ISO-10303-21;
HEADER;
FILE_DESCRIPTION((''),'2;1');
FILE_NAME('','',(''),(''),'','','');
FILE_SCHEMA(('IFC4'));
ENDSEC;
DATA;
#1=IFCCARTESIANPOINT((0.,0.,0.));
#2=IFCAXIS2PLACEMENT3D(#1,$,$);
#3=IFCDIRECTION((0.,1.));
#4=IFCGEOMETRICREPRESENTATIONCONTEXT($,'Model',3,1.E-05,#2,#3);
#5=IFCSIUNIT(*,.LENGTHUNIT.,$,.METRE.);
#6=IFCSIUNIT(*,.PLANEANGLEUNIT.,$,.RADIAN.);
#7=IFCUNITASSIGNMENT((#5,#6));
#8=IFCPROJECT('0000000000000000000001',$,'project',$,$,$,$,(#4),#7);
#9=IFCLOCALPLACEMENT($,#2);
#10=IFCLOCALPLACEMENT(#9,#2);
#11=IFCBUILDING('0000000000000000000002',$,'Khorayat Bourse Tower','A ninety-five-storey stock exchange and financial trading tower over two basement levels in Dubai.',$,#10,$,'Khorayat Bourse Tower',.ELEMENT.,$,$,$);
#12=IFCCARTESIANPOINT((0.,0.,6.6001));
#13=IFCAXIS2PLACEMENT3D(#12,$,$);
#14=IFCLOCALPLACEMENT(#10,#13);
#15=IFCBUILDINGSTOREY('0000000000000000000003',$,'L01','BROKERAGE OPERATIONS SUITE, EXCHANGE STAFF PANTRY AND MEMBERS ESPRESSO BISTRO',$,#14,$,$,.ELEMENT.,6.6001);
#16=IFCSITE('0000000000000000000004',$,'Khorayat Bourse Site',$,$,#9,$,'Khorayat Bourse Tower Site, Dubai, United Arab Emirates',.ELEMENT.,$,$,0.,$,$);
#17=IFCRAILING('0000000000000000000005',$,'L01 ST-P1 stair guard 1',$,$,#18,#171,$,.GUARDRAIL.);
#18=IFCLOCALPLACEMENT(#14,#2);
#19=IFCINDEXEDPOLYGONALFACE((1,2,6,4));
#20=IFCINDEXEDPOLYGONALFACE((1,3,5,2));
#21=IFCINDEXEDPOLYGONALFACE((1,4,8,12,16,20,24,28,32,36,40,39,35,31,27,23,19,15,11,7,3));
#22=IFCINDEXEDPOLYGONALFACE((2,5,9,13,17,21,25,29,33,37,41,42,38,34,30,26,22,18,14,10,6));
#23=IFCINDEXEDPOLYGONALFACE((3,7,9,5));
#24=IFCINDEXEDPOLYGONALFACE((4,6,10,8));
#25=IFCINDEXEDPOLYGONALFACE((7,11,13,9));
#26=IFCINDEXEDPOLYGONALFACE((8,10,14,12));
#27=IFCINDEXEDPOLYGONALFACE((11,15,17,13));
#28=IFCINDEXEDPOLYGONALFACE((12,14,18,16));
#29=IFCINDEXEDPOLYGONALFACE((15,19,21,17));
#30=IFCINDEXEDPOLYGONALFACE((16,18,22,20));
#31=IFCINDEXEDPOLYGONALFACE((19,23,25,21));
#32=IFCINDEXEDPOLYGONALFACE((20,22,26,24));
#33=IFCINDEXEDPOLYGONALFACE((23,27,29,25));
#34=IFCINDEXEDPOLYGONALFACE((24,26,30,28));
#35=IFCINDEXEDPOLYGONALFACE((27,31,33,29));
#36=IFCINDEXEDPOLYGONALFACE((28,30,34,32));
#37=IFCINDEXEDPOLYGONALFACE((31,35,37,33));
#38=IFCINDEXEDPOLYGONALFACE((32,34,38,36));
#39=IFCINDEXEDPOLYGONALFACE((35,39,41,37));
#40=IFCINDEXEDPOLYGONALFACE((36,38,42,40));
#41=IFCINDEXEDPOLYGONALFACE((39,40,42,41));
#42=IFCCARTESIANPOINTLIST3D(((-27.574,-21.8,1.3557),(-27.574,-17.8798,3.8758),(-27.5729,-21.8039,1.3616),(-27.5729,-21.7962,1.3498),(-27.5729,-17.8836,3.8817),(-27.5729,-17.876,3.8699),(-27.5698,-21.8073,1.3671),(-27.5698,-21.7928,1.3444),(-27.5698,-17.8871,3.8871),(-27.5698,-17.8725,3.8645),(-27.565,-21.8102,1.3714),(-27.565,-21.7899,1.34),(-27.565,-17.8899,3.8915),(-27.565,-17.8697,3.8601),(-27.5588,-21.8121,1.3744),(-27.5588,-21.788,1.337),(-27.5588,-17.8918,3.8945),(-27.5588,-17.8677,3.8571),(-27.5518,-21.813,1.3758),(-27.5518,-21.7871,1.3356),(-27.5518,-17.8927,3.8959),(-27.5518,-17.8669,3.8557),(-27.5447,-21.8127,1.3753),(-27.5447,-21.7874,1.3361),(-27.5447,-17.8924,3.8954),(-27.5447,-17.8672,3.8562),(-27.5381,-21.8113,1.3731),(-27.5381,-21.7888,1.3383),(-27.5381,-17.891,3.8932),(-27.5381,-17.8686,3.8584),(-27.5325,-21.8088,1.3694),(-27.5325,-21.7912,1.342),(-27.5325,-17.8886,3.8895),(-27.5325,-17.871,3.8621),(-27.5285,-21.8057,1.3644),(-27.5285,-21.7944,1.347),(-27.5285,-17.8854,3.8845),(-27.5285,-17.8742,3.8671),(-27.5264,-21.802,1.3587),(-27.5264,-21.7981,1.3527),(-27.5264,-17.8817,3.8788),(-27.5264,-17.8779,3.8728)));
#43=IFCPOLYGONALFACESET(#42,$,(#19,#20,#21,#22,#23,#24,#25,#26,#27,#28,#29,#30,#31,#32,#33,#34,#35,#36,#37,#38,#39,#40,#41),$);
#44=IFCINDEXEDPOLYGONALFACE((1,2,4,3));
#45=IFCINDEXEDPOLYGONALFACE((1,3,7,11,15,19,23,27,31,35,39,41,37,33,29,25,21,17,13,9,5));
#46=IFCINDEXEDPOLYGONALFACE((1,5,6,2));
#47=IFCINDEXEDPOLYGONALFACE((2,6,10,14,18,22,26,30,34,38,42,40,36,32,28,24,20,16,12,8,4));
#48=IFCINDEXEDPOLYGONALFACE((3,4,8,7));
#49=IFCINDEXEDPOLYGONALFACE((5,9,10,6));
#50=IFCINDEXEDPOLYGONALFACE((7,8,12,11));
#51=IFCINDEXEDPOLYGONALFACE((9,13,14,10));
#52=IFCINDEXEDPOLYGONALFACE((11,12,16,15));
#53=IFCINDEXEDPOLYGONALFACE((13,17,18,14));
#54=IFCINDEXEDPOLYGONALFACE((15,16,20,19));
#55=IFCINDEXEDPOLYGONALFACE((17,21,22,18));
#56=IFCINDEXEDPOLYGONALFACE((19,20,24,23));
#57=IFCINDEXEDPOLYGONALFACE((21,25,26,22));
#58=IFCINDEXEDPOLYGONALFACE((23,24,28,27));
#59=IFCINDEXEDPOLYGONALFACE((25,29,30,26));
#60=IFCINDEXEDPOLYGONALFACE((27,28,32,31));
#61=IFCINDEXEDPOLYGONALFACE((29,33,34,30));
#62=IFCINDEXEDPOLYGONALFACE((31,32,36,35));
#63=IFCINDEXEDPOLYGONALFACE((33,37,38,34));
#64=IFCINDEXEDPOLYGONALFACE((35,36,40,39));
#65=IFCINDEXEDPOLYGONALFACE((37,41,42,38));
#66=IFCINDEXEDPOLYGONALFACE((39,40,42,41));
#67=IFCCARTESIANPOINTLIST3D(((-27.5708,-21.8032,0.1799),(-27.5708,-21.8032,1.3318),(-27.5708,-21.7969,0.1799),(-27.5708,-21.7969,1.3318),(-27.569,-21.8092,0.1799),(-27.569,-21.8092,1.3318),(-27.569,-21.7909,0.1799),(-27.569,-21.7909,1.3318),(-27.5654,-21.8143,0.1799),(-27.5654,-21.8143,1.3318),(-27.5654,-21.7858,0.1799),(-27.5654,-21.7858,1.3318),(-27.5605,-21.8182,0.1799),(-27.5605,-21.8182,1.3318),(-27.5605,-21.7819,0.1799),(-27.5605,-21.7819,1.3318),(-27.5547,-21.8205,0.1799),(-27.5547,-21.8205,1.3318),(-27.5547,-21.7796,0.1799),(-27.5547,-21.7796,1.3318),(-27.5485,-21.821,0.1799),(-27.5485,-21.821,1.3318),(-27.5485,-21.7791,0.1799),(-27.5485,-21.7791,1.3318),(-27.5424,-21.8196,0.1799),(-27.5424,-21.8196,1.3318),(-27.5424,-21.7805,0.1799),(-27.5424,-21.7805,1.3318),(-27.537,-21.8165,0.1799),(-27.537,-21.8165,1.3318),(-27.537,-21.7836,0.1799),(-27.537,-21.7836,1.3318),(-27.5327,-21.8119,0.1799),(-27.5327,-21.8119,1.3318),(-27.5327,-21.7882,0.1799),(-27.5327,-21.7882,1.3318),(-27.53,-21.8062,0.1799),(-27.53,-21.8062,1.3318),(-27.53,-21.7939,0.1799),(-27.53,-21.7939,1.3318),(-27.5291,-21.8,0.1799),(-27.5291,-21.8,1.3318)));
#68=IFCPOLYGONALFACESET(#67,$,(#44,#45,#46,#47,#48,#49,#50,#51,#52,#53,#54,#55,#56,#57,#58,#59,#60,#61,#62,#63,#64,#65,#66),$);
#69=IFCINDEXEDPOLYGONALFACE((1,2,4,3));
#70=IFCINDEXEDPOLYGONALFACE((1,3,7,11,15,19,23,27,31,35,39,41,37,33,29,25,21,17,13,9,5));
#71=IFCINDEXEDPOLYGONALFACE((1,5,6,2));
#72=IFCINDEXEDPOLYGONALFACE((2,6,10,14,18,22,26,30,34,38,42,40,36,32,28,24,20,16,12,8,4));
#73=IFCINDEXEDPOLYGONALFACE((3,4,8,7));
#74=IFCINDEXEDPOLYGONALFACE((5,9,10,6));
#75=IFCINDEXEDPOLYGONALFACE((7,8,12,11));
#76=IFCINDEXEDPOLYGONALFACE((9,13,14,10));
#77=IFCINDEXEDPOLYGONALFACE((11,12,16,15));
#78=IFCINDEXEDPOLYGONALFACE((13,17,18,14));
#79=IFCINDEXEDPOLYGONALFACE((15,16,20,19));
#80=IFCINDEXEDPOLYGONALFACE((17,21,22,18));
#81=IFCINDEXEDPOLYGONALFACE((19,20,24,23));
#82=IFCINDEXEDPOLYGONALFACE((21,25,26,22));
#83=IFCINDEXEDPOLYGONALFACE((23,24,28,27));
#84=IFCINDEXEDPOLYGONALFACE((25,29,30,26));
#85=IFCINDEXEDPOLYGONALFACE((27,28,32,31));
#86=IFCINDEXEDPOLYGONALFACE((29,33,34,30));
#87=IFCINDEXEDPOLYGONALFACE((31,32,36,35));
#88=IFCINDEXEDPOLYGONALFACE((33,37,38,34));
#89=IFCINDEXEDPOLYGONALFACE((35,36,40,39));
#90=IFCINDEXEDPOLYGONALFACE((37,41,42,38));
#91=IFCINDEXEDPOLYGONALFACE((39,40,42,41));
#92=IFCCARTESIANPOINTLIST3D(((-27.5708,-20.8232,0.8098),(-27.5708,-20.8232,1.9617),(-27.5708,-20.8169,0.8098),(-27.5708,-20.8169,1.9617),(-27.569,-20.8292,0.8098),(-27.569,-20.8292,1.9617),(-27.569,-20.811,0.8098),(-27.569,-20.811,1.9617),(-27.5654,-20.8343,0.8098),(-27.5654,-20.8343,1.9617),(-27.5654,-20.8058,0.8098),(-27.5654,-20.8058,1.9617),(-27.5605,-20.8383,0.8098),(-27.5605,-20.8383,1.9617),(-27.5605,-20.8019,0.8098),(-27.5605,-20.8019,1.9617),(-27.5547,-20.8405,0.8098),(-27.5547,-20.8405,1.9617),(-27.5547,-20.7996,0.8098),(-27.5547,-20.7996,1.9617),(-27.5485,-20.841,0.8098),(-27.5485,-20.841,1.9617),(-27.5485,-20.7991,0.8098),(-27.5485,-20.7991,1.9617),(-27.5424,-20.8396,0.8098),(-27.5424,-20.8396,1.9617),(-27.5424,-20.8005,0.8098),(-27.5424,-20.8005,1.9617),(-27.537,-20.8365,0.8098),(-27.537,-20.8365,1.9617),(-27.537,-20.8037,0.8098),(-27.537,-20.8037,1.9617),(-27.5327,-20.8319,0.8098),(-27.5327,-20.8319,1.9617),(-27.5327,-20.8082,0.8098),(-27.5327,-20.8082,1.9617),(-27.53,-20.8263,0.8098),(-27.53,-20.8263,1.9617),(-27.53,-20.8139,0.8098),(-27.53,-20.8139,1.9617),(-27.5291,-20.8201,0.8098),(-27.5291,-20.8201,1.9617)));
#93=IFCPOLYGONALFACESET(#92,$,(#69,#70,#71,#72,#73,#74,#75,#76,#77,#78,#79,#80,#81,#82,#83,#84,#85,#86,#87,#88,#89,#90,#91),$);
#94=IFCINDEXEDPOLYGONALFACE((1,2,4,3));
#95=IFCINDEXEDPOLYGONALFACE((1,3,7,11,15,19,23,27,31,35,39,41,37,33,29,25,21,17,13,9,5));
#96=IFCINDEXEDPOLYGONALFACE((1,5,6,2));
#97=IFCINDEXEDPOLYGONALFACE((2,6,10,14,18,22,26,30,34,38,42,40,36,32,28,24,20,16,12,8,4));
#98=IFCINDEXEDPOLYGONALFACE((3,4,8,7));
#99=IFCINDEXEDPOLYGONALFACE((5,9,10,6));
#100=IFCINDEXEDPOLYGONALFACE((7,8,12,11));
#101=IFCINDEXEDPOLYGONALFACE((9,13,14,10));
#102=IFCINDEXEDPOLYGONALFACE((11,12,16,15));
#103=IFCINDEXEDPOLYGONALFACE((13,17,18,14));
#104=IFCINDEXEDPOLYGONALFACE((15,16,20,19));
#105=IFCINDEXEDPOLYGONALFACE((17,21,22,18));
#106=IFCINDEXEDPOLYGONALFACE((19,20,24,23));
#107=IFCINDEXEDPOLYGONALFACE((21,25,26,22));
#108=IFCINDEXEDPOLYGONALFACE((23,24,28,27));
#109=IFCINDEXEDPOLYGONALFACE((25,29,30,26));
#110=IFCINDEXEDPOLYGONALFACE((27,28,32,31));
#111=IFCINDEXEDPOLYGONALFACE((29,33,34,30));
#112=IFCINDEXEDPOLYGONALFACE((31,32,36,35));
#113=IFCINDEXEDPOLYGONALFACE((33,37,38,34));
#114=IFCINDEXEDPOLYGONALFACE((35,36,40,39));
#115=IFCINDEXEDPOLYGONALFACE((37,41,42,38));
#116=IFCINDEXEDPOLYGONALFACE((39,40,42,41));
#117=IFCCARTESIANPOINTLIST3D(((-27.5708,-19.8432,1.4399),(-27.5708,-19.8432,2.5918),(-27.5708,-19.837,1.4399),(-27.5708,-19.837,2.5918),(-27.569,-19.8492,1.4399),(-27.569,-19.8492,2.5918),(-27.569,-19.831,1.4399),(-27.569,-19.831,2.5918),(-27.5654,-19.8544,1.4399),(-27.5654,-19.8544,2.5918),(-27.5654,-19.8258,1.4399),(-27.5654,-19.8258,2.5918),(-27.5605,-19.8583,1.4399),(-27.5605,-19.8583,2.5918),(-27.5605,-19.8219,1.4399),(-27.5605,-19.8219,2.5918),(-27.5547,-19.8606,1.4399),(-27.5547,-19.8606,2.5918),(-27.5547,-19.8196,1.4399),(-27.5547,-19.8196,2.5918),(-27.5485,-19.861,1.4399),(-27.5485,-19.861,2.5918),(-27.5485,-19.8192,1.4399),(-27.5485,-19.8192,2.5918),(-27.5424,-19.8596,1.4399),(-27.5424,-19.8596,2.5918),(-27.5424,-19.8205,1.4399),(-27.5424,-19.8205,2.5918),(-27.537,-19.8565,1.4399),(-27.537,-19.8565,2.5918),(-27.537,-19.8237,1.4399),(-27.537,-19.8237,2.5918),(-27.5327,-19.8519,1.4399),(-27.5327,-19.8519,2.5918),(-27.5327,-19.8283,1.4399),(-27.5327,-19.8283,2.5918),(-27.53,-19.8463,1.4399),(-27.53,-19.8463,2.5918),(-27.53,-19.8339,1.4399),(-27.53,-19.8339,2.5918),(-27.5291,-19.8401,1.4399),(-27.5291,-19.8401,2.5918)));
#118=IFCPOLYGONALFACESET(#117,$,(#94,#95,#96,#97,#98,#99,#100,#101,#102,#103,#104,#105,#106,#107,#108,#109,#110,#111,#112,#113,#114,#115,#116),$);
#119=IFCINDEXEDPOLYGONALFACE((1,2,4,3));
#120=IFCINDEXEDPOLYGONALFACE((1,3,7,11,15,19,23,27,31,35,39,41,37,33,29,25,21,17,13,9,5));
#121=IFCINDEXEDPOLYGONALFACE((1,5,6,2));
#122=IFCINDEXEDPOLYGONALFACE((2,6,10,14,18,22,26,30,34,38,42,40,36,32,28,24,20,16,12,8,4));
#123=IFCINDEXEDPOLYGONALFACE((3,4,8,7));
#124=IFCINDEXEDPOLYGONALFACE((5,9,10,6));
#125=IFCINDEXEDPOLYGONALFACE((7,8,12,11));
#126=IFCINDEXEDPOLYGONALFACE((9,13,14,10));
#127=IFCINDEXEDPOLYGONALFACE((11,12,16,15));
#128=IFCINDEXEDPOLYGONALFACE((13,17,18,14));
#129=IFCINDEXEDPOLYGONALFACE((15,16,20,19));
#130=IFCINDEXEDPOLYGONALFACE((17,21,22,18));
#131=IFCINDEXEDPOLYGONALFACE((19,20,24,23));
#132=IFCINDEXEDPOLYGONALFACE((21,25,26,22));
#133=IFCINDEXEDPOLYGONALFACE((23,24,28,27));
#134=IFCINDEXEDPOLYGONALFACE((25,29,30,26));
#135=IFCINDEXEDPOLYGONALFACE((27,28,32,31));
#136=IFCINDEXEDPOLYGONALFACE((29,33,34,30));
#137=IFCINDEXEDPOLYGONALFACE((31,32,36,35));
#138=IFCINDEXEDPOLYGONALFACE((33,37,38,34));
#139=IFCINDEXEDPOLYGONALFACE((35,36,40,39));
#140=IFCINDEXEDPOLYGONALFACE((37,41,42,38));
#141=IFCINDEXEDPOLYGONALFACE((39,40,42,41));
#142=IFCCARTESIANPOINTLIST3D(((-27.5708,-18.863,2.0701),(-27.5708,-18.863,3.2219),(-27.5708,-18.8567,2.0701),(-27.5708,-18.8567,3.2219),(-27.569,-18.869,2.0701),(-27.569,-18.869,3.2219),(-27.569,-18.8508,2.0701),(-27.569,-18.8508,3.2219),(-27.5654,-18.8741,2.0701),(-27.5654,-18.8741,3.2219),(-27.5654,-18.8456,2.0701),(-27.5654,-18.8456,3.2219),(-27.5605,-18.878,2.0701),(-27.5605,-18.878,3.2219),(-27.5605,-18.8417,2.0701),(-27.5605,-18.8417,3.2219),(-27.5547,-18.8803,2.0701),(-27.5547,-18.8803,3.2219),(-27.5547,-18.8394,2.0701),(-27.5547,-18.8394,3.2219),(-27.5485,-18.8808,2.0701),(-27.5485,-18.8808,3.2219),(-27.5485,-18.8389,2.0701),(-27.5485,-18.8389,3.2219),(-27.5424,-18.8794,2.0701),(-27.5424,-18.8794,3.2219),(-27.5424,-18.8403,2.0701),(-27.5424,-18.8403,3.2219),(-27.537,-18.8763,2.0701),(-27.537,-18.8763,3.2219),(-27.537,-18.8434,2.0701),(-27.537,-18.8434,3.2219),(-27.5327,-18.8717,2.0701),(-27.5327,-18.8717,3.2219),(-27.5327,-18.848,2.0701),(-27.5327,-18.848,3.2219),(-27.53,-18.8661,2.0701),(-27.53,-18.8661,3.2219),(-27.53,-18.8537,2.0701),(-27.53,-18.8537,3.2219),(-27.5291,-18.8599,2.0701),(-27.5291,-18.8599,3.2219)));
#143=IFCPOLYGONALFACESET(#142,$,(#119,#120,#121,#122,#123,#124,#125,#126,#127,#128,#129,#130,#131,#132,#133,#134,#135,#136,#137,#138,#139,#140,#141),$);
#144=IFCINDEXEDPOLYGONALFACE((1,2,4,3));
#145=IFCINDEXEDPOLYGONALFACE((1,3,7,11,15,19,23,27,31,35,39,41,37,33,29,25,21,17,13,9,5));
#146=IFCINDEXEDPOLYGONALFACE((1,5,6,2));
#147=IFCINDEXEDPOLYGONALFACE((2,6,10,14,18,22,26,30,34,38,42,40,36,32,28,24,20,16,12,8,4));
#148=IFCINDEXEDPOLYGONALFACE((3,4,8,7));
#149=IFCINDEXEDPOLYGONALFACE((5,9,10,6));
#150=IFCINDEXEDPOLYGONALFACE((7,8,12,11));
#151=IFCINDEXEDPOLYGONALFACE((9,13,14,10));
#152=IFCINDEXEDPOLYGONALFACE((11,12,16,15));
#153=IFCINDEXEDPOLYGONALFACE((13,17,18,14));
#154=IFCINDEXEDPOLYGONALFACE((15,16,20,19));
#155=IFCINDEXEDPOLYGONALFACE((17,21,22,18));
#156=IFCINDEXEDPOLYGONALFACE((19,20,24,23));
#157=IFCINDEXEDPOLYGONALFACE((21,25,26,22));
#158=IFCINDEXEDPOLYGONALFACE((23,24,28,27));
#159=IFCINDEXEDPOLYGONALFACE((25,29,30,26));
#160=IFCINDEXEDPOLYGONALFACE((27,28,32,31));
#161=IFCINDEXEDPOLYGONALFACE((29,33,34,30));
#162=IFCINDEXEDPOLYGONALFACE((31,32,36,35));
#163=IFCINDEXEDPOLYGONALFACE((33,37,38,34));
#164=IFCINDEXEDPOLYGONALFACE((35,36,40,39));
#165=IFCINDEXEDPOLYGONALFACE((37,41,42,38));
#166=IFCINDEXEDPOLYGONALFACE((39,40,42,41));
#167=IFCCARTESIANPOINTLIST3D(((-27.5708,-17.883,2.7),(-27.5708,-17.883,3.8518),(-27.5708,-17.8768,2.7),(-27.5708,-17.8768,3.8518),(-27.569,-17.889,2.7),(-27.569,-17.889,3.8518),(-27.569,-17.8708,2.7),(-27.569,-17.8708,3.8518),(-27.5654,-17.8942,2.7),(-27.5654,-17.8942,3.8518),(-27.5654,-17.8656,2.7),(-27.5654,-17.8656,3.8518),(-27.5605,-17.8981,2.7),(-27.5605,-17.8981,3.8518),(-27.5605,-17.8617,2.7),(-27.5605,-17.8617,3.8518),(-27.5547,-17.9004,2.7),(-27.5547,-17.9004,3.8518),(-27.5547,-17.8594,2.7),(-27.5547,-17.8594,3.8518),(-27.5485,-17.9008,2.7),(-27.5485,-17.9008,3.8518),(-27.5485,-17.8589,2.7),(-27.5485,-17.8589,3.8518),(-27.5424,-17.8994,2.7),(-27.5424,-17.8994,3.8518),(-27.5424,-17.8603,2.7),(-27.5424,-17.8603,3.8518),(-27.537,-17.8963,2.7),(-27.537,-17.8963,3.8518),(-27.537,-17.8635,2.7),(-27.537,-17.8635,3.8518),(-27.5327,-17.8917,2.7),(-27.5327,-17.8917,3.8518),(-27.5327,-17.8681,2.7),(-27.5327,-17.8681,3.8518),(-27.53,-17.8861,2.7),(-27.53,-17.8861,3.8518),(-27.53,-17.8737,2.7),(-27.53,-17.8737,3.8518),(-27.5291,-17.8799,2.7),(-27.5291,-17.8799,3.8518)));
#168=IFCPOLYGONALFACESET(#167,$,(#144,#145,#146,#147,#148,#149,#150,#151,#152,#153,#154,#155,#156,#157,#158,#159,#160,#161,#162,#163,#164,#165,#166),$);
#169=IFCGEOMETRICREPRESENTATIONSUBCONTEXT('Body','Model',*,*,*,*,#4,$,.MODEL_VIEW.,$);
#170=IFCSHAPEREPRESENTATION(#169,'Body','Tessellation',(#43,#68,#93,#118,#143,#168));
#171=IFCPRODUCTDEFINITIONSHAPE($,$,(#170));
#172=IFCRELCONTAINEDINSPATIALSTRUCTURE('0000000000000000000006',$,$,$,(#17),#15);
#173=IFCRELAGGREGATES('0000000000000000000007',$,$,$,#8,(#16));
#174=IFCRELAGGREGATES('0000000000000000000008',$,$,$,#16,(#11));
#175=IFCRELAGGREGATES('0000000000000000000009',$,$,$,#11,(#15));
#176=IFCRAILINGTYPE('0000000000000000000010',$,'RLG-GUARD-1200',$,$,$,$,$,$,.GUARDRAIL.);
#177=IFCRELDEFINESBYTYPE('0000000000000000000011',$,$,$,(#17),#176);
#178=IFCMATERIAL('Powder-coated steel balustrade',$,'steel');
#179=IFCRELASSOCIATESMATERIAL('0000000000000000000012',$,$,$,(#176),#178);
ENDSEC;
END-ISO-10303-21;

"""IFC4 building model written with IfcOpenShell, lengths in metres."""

from ifc_helpers import new_model, si_unit, direction, frame, origin, origin_2d, place, context, subcontext, project, spatial, circle, extrude, source, transform, mapped, material, type_object, element, save


model = new_model("IFC4")

# Units and contexts
model_context = context("Model", 3, precision=1e-05, world=origin(), true_north=direction((0.0, 1.0)))
body_context = subcontext(model_context, "Body", "Model", "MODEL_VIEW")
ifc_project = project(units=[si_unit("LENGTHUNIT", "METRE"), si_unit("PLANEANGLEUNIT", "RADIAN")], contexts=[model_context])

# Site, building, storey
site_placement = place(None, origin())
site = spatial("IfcSite", under=ifc_project, at=site_placement, Name="Khorayat Bourse Site", LongName="Khorayat Bourse Tower Site, Dubai, United Arab Emirates", CompositionType="ELEMENT", RefElevation=0.0)
building_placement = place(site_placement, origin())
building = spatial("IfcBuilding", under=site, at=building_placement, Name="Khorayat Bourse Tower", Description="A ninety-five-storey stock exchange and financial trading tower over two basement levels in Dubai.", LongName="Khorayat Bourse Tower", CompositionType="ELEMENT")
storey_placement = place(building_placement, frame((0.0, 0.0, 6.6001)))
storey = spatial("IfcBuildingStorey", under=building, at=storey_placement, Name="L01", Description="BROKERAGE OPERATIONS SUITE, EXCHANGE STAFF PANTRY AND MEMBERS ESPRESSO BISTRO", CompositionType="ELEMENT", Elevation=6.6001)

# Railing
ifc_material_1 = material(Name="Powder-coated steel balustrade", Category="steel")
railing_type_1 = type_object("IfcRailingType", Name="RLG-GUARD-1200", PredefinedType="GUARDRAIL", material=ifc_material_1)
shared_shape_1 = source(origin(), body_context, "Body", "SweptSolid", [
    extrude(circle(Radius=0.0239, at=origin_2d()), frame((0.0, 0.0, 1.1758), z_axis=(0.0, 0.841187, 0.540744), x_axis=(-1.0, 0.0, 0.0)), (0.0, 0.0, 1.0), 4.6604),
    extrude(circle(Radius=0.021, at=origin_2d()), origin(), (0.0, 0.0, 1.0), 1.1519),
    extrude(circle(Radius=0.021, at=origin_2d()), frame((0.0, 0.98, 0.6299)), (0.0, 0.0, 1.0), 1.1519),
    extrude(circle(Radius=0.021, at=origin_2d()), frame((0.0, 1.96, 1.26)), (0.0, 0.0, 1.0), 1.1519),
    extrude(circle(Radius=0.021, at=origin_2d()), frame((0.0, 2.9402, 1.8901)), (0.0, 0.0, 1.0), 1.1519),
    extrude(circle(Radius=0.021, at=origin_2d()), frame((0.0, 3.9202, 2.52)), (0.0, 0.0, 1.0), 1.1519),
])
railing_1_placement = place(storey_placement, frame((-27.55, -21.8, 0.1799)))
element("IfcRailing", 1, at=railing_1_placement, inside=storey, type_object=railing_type_1, Name="L01 ST-P1 stair guard 1", PredefinedType="GUARDRAIL", context=body_context, shape_type="MappedRepresentation", body=[
    mapped(shared_shape_1, transform((0.0, 0.0, 0.0), scale=1.0)),
])

save(model, "model.ifc")
